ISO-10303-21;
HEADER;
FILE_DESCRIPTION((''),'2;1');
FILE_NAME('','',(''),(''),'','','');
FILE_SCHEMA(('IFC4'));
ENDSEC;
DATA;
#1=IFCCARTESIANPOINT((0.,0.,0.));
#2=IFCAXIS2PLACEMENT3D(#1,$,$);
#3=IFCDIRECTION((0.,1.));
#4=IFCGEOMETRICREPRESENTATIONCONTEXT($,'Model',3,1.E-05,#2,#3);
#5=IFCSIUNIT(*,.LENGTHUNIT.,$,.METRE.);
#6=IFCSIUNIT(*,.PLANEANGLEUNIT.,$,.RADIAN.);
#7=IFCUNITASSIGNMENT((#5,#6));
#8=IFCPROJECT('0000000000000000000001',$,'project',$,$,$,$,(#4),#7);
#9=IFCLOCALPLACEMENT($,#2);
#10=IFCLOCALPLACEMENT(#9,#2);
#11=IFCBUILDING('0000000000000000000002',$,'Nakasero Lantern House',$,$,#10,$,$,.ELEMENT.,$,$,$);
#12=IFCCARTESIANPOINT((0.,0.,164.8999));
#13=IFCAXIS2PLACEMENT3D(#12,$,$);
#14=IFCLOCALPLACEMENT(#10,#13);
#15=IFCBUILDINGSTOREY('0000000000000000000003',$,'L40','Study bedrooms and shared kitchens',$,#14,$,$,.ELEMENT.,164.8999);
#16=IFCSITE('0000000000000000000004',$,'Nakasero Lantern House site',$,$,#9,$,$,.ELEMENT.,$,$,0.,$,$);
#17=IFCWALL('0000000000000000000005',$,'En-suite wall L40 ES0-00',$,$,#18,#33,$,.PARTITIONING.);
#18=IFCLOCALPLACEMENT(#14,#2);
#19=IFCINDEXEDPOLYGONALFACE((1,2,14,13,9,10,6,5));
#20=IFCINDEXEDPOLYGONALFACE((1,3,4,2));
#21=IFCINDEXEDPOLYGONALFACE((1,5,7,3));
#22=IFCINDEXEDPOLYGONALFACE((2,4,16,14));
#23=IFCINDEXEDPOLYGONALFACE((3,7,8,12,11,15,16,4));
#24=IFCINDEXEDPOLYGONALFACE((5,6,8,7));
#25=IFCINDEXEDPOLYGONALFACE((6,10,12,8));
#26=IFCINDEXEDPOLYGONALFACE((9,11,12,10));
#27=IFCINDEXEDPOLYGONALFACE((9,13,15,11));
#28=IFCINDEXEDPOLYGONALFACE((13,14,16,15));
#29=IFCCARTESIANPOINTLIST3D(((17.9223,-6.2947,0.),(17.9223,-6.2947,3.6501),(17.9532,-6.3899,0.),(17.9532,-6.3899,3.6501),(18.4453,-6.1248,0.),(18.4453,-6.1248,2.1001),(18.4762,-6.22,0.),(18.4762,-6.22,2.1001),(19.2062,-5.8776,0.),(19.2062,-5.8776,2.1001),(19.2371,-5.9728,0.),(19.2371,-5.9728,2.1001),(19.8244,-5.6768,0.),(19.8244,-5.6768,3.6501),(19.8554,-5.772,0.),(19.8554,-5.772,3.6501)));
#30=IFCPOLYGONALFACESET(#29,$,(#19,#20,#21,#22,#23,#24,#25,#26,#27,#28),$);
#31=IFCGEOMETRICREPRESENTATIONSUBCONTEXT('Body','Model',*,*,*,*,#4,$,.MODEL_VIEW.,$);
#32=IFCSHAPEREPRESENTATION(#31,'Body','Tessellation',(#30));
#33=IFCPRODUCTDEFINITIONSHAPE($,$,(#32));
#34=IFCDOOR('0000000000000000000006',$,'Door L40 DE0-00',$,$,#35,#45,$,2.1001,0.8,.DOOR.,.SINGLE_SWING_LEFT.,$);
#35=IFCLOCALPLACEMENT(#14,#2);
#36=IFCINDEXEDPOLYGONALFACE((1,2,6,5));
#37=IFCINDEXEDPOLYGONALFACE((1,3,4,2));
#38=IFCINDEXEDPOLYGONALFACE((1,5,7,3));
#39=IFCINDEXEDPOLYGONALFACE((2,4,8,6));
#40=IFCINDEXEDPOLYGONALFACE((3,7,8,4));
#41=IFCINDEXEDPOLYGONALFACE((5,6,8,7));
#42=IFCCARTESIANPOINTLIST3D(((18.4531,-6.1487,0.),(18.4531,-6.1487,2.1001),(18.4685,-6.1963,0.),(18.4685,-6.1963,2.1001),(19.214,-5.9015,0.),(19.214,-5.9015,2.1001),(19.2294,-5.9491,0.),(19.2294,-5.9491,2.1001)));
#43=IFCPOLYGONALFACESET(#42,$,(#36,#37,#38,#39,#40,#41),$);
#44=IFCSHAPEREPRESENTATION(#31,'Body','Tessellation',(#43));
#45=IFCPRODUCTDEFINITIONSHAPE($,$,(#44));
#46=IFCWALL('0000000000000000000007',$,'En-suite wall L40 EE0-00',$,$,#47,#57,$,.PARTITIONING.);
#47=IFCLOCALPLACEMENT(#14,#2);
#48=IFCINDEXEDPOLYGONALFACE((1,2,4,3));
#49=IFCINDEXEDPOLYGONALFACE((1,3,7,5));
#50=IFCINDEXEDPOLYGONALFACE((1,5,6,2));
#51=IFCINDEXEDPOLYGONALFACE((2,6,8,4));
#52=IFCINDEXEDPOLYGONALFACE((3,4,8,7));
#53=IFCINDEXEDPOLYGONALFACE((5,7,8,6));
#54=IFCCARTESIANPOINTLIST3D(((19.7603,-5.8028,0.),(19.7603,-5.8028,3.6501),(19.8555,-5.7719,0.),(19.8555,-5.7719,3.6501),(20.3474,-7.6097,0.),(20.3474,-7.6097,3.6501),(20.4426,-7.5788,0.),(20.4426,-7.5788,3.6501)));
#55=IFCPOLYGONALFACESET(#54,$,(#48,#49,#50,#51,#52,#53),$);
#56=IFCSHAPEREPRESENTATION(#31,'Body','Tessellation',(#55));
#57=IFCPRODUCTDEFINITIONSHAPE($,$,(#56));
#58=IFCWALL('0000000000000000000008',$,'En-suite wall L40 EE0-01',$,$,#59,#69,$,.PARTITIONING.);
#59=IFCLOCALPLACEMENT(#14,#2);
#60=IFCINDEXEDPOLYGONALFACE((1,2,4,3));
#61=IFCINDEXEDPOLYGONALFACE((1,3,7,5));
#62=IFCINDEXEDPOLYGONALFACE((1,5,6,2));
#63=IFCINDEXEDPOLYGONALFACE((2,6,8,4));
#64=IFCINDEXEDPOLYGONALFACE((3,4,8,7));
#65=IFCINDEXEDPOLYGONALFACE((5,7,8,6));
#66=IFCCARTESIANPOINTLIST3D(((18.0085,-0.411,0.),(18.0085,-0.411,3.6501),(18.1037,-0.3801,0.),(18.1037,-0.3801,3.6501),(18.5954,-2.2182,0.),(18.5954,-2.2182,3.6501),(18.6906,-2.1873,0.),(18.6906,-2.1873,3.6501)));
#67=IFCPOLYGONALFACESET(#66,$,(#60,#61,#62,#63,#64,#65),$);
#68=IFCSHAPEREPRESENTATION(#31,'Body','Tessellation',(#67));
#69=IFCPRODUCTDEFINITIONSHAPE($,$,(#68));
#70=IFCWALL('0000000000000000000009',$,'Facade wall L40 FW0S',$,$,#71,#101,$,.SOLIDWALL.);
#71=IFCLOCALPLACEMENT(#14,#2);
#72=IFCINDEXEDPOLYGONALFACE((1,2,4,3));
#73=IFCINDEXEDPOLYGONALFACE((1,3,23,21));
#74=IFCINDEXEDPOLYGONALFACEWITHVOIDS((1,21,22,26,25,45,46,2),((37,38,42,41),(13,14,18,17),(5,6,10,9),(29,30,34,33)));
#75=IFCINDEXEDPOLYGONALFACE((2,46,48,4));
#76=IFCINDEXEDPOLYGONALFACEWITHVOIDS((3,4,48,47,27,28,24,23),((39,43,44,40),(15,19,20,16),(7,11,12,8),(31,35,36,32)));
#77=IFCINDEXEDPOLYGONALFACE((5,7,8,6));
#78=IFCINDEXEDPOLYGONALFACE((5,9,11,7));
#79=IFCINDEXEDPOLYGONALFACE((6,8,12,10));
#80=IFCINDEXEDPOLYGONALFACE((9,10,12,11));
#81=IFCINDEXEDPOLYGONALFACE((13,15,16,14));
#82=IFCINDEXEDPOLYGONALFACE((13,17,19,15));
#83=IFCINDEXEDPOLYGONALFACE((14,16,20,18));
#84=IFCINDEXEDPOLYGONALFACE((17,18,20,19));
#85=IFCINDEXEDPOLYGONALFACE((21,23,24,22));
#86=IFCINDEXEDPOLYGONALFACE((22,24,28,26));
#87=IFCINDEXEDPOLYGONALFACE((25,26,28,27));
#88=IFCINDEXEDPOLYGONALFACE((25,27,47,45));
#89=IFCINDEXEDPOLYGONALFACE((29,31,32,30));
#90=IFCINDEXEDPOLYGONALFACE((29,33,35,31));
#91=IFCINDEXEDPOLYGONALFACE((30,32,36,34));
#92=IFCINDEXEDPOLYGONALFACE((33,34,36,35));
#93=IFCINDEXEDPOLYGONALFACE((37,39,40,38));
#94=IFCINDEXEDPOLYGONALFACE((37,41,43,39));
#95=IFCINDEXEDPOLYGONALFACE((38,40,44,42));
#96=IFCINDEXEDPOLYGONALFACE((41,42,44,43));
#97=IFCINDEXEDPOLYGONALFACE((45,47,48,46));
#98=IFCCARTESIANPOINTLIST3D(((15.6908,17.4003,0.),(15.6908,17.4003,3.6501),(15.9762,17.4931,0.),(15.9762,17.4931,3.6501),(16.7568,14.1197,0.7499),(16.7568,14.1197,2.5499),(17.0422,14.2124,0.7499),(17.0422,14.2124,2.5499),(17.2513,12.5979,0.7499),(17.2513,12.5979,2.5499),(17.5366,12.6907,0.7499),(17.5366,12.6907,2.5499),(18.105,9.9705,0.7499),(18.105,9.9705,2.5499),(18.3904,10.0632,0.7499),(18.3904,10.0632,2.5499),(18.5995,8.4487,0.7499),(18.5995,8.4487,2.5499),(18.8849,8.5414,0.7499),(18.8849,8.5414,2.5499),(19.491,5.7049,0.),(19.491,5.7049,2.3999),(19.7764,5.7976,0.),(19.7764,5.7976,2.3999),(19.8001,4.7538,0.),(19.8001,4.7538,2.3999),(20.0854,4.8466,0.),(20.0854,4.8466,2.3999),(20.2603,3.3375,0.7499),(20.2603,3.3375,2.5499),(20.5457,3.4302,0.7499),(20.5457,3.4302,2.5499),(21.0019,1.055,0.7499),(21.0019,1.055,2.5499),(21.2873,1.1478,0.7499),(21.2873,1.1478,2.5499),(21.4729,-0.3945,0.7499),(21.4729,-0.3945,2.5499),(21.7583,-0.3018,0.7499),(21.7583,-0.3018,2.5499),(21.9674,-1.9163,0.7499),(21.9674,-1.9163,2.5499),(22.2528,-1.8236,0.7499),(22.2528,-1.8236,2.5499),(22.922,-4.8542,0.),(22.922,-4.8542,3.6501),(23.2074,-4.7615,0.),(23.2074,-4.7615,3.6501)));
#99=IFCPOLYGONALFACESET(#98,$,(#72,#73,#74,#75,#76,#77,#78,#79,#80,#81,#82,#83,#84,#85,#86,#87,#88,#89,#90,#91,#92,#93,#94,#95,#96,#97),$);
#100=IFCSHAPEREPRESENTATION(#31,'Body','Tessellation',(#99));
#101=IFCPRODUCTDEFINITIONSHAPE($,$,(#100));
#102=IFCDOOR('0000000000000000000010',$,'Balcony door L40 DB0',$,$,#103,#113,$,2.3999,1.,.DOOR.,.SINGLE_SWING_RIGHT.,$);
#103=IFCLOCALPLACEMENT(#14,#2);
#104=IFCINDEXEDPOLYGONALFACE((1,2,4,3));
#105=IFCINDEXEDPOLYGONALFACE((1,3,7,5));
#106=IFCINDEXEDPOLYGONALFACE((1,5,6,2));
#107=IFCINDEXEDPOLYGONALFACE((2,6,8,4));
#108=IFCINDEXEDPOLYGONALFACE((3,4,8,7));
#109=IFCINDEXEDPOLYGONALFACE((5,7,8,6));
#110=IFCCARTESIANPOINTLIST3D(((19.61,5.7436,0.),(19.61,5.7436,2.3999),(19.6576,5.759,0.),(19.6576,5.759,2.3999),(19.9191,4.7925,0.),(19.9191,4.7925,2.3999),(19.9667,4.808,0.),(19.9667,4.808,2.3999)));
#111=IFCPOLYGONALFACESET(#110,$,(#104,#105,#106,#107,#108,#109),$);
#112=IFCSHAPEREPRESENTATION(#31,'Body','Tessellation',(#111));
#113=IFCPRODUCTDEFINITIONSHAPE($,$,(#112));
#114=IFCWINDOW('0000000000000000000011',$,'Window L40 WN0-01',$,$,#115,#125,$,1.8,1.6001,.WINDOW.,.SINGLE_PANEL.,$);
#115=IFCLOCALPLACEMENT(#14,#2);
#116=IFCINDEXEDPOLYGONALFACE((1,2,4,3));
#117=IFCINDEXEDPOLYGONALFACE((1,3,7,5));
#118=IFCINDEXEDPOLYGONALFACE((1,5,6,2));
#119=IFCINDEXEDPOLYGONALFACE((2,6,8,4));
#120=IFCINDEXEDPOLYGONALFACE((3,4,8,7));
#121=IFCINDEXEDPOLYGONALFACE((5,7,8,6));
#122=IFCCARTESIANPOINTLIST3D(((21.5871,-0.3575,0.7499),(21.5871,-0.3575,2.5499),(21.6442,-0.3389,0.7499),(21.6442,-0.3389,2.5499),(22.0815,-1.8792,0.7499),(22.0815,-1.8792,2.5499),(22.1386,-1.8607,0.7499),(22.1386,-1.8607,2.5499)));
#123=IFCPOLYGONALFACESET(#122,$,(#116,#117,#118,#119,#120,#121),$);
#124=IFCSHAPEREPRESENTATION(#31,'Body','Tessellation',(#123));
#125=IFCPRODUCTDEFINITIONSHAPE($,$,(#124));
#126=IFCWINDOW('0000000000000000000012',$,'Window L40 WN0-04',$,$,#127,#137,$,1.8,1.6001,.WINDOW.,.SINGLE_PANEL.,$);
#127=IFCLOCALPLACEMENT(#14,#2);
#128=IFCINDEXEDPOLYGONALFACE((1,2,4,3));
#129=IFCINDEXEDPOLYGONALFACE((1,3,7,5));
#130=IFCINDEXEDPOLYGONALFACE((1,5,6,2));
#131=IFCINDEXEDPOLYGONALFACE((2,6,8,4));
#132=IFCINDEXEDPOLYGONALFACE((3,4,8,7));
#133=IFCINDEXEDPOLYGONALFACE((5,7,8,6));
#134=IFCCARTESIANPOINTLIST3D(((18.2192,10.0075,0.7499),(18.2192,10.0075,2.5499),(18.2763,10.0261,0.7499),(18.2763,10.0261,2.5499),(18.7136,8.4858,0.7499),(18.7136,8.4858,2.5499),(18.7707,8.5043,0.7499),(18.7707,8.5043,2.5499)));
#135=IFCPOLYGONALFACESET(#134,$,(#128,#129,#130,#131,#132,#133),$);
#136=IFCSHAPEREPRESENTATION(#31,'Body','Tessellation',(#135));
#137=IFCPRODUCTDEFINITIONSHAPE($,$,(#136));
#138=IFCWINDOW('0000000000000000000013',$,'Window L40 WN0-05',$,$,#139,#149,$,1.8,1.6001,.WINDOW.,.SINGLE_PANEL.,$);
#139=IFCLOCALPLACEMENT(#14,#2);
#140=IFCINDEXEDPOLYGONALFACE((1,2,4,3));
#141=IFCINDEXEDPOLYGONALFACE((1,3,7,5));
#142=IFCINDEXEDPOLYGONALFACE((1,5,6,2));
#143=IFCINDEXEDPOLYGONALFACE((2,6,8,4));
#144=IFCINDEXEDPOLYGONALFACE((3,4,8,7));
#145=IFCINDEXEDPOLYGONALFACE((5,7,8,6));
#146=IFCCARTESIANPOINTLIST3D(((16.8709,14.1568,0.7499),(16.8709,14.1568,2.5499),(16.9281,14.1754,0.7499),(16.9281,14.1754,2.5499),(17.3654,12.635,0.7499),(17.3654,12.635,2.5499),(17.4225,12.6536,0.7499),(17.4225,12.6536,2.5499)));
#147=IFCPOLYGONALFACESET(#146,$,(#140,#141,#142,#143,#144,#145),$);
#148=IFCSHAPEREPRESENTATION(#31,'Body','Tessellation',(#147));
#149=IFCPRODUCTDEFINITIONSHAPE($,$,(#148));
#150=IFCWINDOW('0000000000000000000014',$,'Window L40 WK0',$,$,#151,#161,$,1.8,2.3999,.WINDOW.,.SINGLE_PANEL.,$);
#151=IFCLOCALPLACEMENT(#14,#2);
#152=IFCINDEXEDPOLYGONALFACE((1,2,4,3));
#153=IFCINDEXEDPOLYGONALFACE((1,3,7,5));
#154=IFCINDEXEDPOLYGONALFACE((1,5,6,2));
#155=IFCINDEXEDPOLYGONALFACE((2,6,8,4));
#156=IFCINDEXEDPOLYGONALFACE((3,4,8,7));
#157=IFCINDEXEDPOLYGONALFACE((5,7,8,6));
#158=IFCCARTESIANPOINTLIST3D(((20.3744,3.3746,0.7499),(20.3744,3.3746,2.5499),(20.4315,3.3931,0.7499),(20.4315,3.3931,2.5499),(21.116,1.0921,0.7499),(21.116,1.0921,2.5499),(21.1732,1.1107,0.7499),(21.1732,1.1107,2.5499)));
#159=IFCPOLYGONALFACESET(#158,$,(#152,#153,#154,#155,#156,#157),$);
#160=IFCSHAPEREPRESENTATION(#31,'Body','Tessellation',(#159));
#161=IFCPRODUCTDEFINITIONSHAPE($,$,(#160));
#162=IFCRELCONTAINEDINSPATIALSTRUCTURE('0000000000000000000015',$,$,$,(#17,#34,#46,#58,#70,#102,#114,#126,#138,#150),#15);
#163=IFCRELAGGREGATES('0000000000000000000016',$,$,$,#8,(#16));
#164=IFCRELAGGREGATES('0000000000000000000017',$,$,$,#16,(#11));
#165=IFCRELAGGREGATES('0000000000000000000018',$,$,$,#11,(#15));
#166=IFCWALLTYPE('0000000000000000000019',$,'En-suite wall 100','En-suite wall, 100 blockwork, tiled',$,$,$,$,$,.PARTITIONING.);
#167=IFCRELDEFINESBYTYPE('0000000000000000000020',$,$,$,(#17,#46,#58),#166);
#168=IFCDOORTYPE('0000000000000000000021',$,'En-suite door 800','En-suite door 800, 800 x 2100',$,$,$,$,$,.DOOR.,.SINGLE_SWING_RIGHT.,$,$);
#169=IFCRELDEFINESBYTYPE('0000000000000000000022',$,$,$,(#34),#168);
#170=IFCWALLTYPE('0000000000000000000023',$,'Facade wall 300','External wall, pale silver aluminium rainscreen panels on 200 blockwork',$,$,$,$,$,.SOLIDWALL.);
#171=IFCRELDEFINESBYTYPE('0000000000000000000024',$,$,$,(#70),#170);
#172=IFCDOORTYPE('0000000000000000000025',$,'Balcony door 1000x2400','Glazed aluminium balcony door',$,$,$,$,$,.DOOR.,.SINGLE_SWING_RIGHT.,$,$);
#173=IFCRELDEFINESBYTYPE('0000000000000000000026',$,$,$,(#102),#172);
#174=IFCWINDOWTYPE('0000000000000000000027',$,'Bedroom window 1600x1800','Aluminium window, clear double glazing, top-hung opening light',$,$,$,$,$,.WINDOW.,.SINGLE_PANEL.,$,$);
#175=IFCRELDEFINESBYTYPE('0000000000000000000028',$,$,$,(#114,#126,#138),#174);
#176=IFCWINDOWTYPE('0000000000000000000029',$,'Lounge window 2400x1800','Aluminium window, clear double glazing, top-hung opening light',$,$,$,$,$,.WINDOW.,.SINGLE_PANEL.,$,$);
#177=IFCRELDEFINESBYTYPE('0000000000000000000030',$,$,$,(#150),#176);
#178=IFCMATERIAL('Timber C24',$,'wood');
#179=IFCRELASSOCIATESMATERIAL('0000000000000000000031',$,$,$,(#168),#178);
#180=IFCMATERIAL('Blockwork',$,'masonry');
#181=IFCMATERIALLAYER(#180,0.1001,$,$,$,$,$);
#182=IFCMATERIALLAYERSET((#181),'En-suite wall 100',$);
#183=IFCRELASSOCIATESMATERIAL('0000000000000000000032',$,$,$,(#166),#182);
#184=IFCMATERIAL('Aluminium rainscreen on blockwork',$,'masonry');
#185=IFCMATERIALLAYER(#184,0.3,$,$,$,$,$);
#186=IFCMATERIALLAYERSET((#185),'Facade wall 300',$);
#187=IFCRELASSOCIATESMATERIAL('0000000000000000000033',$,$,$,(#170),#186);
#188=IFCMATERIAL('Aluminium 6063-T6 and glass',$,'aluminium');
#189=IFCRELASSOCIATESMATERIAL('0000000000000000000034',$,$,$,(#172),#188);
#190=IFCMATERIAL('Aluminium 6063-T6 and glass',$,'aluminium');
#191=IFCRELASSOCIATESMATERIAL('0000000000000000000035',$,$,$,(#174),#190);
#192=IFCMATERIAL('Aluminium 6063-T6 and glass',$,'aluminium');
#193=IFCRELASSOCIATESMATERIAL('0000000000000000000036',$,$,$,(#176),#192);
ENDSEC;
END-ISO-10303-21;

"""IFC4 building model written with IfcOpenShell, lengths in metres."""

from ifc_helpers import new_model, si_unit, direction, frame, frame_2d, origin, place, context, subcontext, project, spatial, rectangle, extrude, material, layer, layer_set, type_object, element, fill, save


model = new_model("IFC4")

# Units and contexts
model_context = context("Model", 3, precision=1e-05, world=origin(), true_north=direction((0.0, 1.0)))
body_context = subcontext(model_context, "Body", "Model", "MODEL_VIEW")
ifc_project = project(units=[si_unit("LENGTHUNIT", "METRE"), si_unit("PLANEANGLEUNIT", "RADIAN")], contexts=[model_context])

# Site, building, storey
site_placement = place(None, origin())
site = spatial("IfcSite", under=ifc_project, at=site_placement, Name="Nakasero Lantern House site", CompositionType="ELEMENT", RefElevation=0.0)
building_placement = place(site_placement, origin())
building = spatial("IfcBuilding", under=site, at=building_placement, Name="Nakasero Lantern House", CompositionType="ELEMENT")
storey_placement = place(building_placement, frame((0.0, 0.0, 164.8999)))
storey = spatial("IfcBuildingStorey", under=building, at=storey_placement, Name="L40", Description="Study bedrooms and shared kitchens", CompositionType="ELEMENT", Elevation=164.8999)

# Shared definitions
ifc_material_1 = material(Name="Timber C24", Category="wood")
door_type_1 = type_object("IfcDoorType", Name="En-suite door 800", Description="En-suite door 800, 800 x 2100", OperationType="SINGLE_SWING_RIGHT", PredefinedType="DOOR", material=ifc_material_1)

# Shared definitions
ifc_material_2 = material(Name="Blockwork", Category="masonry")
ifc_layer_1 = layer(ifc_material_2, 0.1001)
ifc_layer_set_1 = layer_set([ifc_layer_1], Name="En-suite wall 100")
wall_type_1 = type_object("IfcWallType", Name="En-suite wall 100", Description="En-suite wall, 100 blockwork, tiled", PredefinedType="PARTITIONING", material=ifc_layer_set_1)

# Wall, opening, door
wall_1_placement = place(storey_placement, frame((17.9377, -6.3423, 0.0), z_axis=(0.0, 0.0, 1.0), x_axis=(0.951073, 0.308967, 0.0)))
wall_1 = element("IfcWall", 1, at=wall_1_placement, inside=storey, type_object=wall_type_1, Name="En-suite wall L40 ES0-00", PredefinedType="PARTITIONING", context=body_context, shape_type="SweptSolid", body=[
    extrude(rectangle(XDim=2.0, YDim=0.1001, at=frame_2d((1.0, 0.0))), origin(), (0.0, 0.0, 1.0), 3.6501),
])
opening_1_placement = place(wall_1_placement, frame((0.55, 0.0, 0.0)))
opening_1 = element("IfcOpeningElement", 2, at=opening_1_placement, cuts=wall_1, PredefinedType="OPENING", context=body_context, shape_type="SweptSolid", body=[
    extrude(rectangle(XDim=0.8, YDim=2.1001, at=frame_2d((0.3999, 1.05))), frame((0.0, 0.0701, 0.0), z_axis=(0.0, -1.0, 0.0), x_axis=(1.0, 0.0, 0.0)), (0.0, 0.0, 1.0), 0.1401),
])
door_1_placement = place(opening_1_placement, origin())
door_1 = element("IfcDoor", 3, at=door_1_placement, inside=storey, type_object=door_type_1, Name="Door L40 DE0-00", OperationType="SINGLE_SWING_LEFT", OverallHeight=2.1001, OverallWidth=0.8, PredefinedType="DOOR", context=body_context, shape_type="SweptSolid", body=[
    extrude(rectangle(XDim=0.8, YDim=2.1001, at=frame_2d((0.3999, 1.05))), frame((0.0, 0.0249, 0.0), z_axis=(0.0, -1.0, 0.0), x_axis=(1.0, 0.0, 0.0)), (0.0, 0.0, 1.0), 0.05),
])
fill(opening_1, door_1)

# Walls
wall_2_placement = place(storey_placement, frame((20.395, -7.5942, 0.0), z_axis=(0.0, 0.0, 1.0), x_axis=(-0.309048, 0.951046, 0.0)))
element("IfcWall", 4, at=wall_2_placement, inside=storey, type_object=wall_type_1, Name="En-suite wall L40 EE0-00", PredefinedType="PARTITIONING", context=body_context, shape_type="SweptSolid", body=[
    extrude(rectangle(XDim=1.8999, YDim=0.1001, at=frame_2d((0.95, 0.0))), origin(), (0.0, 0.0, 1.0), 3.6501),
])
wall_3_placement = place(storey_placement, frame((18.6431, -2.2029, 0.0), z_axis=(0.0, 0.0, 1.0), x_axis=(-0.308894, 0.951096, 0.0)))
element("IfcWall", 5, at=wall_3_placement, inside=storey, type_object=wall_type_1, Name="En-suite wall L40 EE0-01", PredefinedType="PARTITIONING", context=body_context, shape_type="SweptSolid", body=[
    extrude(rectangle(XDim=1.9001, YDim=0.1001, at=frame_2d((0.9502, 0.0))), origin(), (0.0, 0.0, 1.0), 3.6501),
])

# Wall, openings, door, windows
ifc_material_3 = material(Name="Aluminium rainscreen on blockwork", Category="masonry")
ifc_layer_2 = layer(ifc_material_3, 0.3)
ifc_layer_set_2 = layer_set([ifc_layer_2], Name="Facade wall 300")
wall_type_2 = type_object("IfcWallType", Name="Facade wall 300", Description="External wall, pale silver aluminium rainscreen panels on 200 blockwork", PredefinedType="SOLIDWALL", material=ifc_layer_set_2)
wall_4_placement = place(storey_placement, frame((23.0647, -4.8079, 0.0), z_axis=(0.0, 0.0, 1.0), x_axis=(-0.309026, 0.951054, 0.0)))
wall_4 = element("IfcWall", 6, at=wall_4_placement, inside=storey, type_object=wall_type_2, Name="Facade wall L40 FW0S", PredefinedType="SOLIDWALL", context=body_context, shape_type="SweptSolid", body=[
    extrude(rectangle(XDim=23.3999, YDim=0.3, at=frame_2d((11.7, 0.0))), origin(), (0.0, 0.0, 1.0), 3.6501),
])
opening_2_placement = place(wall_4_placement, frame((3.0891, 0.0, 0.75)))
opening_2 = element("IfcOpeningElement", 7, at=opening_2_placement, cuts=wall_4, PredefinedType="OPENING", context=body_context, shape_type="SweptSolid", body=[
    extrude(rectangle(XDim=1.6001, YDim=1.8, at=frame_2d((0.8, 0.8999))), frame((0.0, 0.1699, 0.0), z_axis=(0.0, -1.0, 0.0), x_axis=(1.0, 0.0, 0.0)), (0.0, 0.0, 1.0), 0.3401),
])
opening_3_placement = place(wall_4_placement, frame((13.9875, 0.0, 0.75)))
opening_3 = element("IfcOpeningElement", 8, at=opening_3_placement, cuts=wall_4, PredefinedType="OPENING", context=body_context, shape_type="SweptSolid", body=[
    extrude(rectangle(XDim=1.6001, YDim=1.8, at=frame_2d((0.8, 0.8999))), frame((0.0, 0.1699, 0.0), z_axis=(0.0, -1.0, 0.0), x_axis=(1.0, 0.0, 0.0)), (0.0, 0.0, 1.0), 0.3401),
])
opening_4_placement = place(wall_4_placement, frame((18.3503, 0.0, 0.75)))
opening_4 = element("IfcOpeningElement", 9, at=opening_4_placement, cuts=wall_4, PredefinedType="OPENING", context=body_context, shape_type="SweptSolid", body=[
    extrude(rectangle(XDim=1.6001, YDim=1.8, at=frame_2d((0.8, 0.8999))), frame((0.0, 0.1699, 0.0), z_axis=(0.0, -1.0, 0.0), x_axis=(1.0, 0.0, 0.0)), (0.0, 0.0, 1.0), 0.3401),
])
opening_5_placement = place(wall_4_placement, frame((6.2134, 0.0, 0.75)))
opening_5 = element("IfcOpeningElement", 10, at=opening_5_placement, cuts=wall_4, PredefinedType="OPENING", context=body_context, shape_type="SweptSolid", body=[
    extrude(rectangle(XDim=2.3999, YDim=1.8, at=frame_2d((1.2, 0.8999))), frame((0.0, 0.1699, 0.0), z_axis=(0.0, -1.0, 0.0), x_axis=(1.0, 0.0, 0.0)), (0.0, 0.0, 1.0), 0.3401),
])
opening_6_placement = place(wall_4_placement, frame((10.1025, 0.0, 0.0)))
opening_6 = element("IfcOpeningElement", 11, at=opening_6_placement, cuts=wall_4, PredefinedType="OPENING", context=body_context, shape_type="SweptSolid", body=[
    extrude(rectangle(XDim=1.0, YDim=2.3999, at=frame_2d((0.5, 1.2))), frame((0.0, 0.1699, 0.0), z_axis=(0.0, -1.0, 0.0), x_axis=(1.0, 0.0, 0.0)), (0.0, 0.0, 1.0), 0.3401),
])
ifc_material_4 = material(Name="Aluminium 6063-T6 and glass", Category="aluminium")
door_type_2 = type_object("IfcDoorType", Name="Balcony door 1000x2400", Description="Glazed aluminium balcony door", OperationType="SINGLE_SWING_RIGHT", PredefinedType="DOOR", material=ifc_material_4)
door_2_placement = place(opening_6_placement, origin())
door_2 = element("IfcDoor", 12, at=door_2_placement, inside=storey, type_object=door_type_2, Name="Balcony door L40 DB0", OperationType="SINGLE_SWING_RIGHT", OverallHeight=2.3999, OverallWidth=1.0, PredefinedType="DOOR", context=body_context, shape_type="SweptSolid", body=[
    extrude(rectangle(XDim=1.0, YDim=2.3999, at=frame_2d((0.5, 1.2))), frame((0.0, 0.0249, 0.0), z_axis=(0.0, -1.0, 0.0), x_axis=(1.0, 0.0, 0.0)), (0.0, 0.0, 1.0), 0.05),
])
fill(opening_6, door_2)
ifc_material_5 = material(Name="Aluminium 6063-T6 and glass", Category="aluminium")
window_type_1 = type_object("IfcWindowType", Name="Bedroom window 1600x1800", Description="Aluminium window, clear double glazing, top-hung opening light", PartitioningType="SINGLE_PANEL", PredefinedType="WINDOW", material=ifc_material_5)
window_1_placement = place(opening_2_placement, origin())
window_1 = element("IfcWindow", 13, at=window_1_placement, inside=storey, type_object=window_type_1, Name="Window L40 WN0-01", OverallHeight=1.8, OverallWidth=1.6001, PartitioningType="SINGLE_PANEL", PredefinedType="WINDOW", context=body_context, shape_type="SweptSolid", body=[
    extrude(rectangle(XDim=1.6001, YDim=1.8, at=frame_2d((0.8, 0.8999))), frame((0.0, 0.03, 0.0), z_axis=(0.0, -1.0, 0.0), x_axis=(1.0, 0.0, 0.0)), (0.0, 0.0, 1.0), 0.0601),
])
fill(opening_2, window_1)
window_2_placement = place(opening_3_placement, origin())
window_2 = element("IfcWindow", 14, at=window_2_placement, inside=storey, type_object=window_type_1, Name="Window L40 WN0-04", OverallHeight=1.8, OverallWidth=1.6001, PartitioningType="SINGLE_PANEL", PredefinedType="WINDOW", context=body_context, shape_type="SweptSolid", body=[
    extrude(rectangle(XDim=1.6001, YDim=1.8, at=frame_2d((0.8, 0.8999))), frame((0.0, 0.03, 0.0), z_axis=(0.0, -1.0, 0.0), x_axis=(1.0, 0.0, 0.0)), (0.0, 0.0, 1.0), 0.0601),
])
fill(opening_3, window_2)
window_3_placement = place(opening_4_placement, origin())
window_3 = element("IfcWindow", 15, at=window_3_placement, inside=storey, type_object=window_type_1, Name="Window L40 WN0-05", OverallHeight=1.8, OverallWidth=1.6001, PartitioningType="SINGLE_PANEL", PredefinedType="WINDOW", context=body_context, shape_type="SweptSolid", body=[
    extrude(rectangle(XDim=1.6001, YDim=1.8, at=frame_2d((0.8, 0.8999))), frame((0.0, 0.03, 0.0), z_axis=(0.0, -1.0, 0.0), x_axis=(1.0, 0.0, 0.0)), (0.0, 0.0, 1.0), 0.0601),
])
fill(opening_4, window_3)
ifc_material_6 = material(Name="Aluminium 6063-T6 and glass", Category="aluminium")
window_type_2 = type_object("IfcWindowType", Name="Lounge window 2400x1800", Description="Aluminium window, clear double glazing, top-hung opening light", PartitioningType="SINGLE_PANEL", PredefinedType="WINDOW", material=ifc_material_6)
window_4_placement = place(opening_5_placement, origin())
window_4 = element("IfcWindow", 16, at=window_4_placement, inside=storey, type_object=window_type_2, Name="Window L40 WK0", OverallHeight=1.8, OverallWidth=2.3999, PartitioningType="SINGLE_PANEL", PredefinedType="WINDOW", context=body_context, shape_type="SweptSolid", body=[
    extrude(rectangle(XDim=2.3999, YDim=1.8, at=frame_2d((1.2, 0.8999))), frame((0.0, 0.03, 0.0), z_axis=(0.0, -1.0, 0.0), x_axis=(1.0, 0.0, 0.0)), (0.0, 0.0, 1.0), 0.0601),
])
fill(opening_5, window_4)

save(model, "model.ifc")
